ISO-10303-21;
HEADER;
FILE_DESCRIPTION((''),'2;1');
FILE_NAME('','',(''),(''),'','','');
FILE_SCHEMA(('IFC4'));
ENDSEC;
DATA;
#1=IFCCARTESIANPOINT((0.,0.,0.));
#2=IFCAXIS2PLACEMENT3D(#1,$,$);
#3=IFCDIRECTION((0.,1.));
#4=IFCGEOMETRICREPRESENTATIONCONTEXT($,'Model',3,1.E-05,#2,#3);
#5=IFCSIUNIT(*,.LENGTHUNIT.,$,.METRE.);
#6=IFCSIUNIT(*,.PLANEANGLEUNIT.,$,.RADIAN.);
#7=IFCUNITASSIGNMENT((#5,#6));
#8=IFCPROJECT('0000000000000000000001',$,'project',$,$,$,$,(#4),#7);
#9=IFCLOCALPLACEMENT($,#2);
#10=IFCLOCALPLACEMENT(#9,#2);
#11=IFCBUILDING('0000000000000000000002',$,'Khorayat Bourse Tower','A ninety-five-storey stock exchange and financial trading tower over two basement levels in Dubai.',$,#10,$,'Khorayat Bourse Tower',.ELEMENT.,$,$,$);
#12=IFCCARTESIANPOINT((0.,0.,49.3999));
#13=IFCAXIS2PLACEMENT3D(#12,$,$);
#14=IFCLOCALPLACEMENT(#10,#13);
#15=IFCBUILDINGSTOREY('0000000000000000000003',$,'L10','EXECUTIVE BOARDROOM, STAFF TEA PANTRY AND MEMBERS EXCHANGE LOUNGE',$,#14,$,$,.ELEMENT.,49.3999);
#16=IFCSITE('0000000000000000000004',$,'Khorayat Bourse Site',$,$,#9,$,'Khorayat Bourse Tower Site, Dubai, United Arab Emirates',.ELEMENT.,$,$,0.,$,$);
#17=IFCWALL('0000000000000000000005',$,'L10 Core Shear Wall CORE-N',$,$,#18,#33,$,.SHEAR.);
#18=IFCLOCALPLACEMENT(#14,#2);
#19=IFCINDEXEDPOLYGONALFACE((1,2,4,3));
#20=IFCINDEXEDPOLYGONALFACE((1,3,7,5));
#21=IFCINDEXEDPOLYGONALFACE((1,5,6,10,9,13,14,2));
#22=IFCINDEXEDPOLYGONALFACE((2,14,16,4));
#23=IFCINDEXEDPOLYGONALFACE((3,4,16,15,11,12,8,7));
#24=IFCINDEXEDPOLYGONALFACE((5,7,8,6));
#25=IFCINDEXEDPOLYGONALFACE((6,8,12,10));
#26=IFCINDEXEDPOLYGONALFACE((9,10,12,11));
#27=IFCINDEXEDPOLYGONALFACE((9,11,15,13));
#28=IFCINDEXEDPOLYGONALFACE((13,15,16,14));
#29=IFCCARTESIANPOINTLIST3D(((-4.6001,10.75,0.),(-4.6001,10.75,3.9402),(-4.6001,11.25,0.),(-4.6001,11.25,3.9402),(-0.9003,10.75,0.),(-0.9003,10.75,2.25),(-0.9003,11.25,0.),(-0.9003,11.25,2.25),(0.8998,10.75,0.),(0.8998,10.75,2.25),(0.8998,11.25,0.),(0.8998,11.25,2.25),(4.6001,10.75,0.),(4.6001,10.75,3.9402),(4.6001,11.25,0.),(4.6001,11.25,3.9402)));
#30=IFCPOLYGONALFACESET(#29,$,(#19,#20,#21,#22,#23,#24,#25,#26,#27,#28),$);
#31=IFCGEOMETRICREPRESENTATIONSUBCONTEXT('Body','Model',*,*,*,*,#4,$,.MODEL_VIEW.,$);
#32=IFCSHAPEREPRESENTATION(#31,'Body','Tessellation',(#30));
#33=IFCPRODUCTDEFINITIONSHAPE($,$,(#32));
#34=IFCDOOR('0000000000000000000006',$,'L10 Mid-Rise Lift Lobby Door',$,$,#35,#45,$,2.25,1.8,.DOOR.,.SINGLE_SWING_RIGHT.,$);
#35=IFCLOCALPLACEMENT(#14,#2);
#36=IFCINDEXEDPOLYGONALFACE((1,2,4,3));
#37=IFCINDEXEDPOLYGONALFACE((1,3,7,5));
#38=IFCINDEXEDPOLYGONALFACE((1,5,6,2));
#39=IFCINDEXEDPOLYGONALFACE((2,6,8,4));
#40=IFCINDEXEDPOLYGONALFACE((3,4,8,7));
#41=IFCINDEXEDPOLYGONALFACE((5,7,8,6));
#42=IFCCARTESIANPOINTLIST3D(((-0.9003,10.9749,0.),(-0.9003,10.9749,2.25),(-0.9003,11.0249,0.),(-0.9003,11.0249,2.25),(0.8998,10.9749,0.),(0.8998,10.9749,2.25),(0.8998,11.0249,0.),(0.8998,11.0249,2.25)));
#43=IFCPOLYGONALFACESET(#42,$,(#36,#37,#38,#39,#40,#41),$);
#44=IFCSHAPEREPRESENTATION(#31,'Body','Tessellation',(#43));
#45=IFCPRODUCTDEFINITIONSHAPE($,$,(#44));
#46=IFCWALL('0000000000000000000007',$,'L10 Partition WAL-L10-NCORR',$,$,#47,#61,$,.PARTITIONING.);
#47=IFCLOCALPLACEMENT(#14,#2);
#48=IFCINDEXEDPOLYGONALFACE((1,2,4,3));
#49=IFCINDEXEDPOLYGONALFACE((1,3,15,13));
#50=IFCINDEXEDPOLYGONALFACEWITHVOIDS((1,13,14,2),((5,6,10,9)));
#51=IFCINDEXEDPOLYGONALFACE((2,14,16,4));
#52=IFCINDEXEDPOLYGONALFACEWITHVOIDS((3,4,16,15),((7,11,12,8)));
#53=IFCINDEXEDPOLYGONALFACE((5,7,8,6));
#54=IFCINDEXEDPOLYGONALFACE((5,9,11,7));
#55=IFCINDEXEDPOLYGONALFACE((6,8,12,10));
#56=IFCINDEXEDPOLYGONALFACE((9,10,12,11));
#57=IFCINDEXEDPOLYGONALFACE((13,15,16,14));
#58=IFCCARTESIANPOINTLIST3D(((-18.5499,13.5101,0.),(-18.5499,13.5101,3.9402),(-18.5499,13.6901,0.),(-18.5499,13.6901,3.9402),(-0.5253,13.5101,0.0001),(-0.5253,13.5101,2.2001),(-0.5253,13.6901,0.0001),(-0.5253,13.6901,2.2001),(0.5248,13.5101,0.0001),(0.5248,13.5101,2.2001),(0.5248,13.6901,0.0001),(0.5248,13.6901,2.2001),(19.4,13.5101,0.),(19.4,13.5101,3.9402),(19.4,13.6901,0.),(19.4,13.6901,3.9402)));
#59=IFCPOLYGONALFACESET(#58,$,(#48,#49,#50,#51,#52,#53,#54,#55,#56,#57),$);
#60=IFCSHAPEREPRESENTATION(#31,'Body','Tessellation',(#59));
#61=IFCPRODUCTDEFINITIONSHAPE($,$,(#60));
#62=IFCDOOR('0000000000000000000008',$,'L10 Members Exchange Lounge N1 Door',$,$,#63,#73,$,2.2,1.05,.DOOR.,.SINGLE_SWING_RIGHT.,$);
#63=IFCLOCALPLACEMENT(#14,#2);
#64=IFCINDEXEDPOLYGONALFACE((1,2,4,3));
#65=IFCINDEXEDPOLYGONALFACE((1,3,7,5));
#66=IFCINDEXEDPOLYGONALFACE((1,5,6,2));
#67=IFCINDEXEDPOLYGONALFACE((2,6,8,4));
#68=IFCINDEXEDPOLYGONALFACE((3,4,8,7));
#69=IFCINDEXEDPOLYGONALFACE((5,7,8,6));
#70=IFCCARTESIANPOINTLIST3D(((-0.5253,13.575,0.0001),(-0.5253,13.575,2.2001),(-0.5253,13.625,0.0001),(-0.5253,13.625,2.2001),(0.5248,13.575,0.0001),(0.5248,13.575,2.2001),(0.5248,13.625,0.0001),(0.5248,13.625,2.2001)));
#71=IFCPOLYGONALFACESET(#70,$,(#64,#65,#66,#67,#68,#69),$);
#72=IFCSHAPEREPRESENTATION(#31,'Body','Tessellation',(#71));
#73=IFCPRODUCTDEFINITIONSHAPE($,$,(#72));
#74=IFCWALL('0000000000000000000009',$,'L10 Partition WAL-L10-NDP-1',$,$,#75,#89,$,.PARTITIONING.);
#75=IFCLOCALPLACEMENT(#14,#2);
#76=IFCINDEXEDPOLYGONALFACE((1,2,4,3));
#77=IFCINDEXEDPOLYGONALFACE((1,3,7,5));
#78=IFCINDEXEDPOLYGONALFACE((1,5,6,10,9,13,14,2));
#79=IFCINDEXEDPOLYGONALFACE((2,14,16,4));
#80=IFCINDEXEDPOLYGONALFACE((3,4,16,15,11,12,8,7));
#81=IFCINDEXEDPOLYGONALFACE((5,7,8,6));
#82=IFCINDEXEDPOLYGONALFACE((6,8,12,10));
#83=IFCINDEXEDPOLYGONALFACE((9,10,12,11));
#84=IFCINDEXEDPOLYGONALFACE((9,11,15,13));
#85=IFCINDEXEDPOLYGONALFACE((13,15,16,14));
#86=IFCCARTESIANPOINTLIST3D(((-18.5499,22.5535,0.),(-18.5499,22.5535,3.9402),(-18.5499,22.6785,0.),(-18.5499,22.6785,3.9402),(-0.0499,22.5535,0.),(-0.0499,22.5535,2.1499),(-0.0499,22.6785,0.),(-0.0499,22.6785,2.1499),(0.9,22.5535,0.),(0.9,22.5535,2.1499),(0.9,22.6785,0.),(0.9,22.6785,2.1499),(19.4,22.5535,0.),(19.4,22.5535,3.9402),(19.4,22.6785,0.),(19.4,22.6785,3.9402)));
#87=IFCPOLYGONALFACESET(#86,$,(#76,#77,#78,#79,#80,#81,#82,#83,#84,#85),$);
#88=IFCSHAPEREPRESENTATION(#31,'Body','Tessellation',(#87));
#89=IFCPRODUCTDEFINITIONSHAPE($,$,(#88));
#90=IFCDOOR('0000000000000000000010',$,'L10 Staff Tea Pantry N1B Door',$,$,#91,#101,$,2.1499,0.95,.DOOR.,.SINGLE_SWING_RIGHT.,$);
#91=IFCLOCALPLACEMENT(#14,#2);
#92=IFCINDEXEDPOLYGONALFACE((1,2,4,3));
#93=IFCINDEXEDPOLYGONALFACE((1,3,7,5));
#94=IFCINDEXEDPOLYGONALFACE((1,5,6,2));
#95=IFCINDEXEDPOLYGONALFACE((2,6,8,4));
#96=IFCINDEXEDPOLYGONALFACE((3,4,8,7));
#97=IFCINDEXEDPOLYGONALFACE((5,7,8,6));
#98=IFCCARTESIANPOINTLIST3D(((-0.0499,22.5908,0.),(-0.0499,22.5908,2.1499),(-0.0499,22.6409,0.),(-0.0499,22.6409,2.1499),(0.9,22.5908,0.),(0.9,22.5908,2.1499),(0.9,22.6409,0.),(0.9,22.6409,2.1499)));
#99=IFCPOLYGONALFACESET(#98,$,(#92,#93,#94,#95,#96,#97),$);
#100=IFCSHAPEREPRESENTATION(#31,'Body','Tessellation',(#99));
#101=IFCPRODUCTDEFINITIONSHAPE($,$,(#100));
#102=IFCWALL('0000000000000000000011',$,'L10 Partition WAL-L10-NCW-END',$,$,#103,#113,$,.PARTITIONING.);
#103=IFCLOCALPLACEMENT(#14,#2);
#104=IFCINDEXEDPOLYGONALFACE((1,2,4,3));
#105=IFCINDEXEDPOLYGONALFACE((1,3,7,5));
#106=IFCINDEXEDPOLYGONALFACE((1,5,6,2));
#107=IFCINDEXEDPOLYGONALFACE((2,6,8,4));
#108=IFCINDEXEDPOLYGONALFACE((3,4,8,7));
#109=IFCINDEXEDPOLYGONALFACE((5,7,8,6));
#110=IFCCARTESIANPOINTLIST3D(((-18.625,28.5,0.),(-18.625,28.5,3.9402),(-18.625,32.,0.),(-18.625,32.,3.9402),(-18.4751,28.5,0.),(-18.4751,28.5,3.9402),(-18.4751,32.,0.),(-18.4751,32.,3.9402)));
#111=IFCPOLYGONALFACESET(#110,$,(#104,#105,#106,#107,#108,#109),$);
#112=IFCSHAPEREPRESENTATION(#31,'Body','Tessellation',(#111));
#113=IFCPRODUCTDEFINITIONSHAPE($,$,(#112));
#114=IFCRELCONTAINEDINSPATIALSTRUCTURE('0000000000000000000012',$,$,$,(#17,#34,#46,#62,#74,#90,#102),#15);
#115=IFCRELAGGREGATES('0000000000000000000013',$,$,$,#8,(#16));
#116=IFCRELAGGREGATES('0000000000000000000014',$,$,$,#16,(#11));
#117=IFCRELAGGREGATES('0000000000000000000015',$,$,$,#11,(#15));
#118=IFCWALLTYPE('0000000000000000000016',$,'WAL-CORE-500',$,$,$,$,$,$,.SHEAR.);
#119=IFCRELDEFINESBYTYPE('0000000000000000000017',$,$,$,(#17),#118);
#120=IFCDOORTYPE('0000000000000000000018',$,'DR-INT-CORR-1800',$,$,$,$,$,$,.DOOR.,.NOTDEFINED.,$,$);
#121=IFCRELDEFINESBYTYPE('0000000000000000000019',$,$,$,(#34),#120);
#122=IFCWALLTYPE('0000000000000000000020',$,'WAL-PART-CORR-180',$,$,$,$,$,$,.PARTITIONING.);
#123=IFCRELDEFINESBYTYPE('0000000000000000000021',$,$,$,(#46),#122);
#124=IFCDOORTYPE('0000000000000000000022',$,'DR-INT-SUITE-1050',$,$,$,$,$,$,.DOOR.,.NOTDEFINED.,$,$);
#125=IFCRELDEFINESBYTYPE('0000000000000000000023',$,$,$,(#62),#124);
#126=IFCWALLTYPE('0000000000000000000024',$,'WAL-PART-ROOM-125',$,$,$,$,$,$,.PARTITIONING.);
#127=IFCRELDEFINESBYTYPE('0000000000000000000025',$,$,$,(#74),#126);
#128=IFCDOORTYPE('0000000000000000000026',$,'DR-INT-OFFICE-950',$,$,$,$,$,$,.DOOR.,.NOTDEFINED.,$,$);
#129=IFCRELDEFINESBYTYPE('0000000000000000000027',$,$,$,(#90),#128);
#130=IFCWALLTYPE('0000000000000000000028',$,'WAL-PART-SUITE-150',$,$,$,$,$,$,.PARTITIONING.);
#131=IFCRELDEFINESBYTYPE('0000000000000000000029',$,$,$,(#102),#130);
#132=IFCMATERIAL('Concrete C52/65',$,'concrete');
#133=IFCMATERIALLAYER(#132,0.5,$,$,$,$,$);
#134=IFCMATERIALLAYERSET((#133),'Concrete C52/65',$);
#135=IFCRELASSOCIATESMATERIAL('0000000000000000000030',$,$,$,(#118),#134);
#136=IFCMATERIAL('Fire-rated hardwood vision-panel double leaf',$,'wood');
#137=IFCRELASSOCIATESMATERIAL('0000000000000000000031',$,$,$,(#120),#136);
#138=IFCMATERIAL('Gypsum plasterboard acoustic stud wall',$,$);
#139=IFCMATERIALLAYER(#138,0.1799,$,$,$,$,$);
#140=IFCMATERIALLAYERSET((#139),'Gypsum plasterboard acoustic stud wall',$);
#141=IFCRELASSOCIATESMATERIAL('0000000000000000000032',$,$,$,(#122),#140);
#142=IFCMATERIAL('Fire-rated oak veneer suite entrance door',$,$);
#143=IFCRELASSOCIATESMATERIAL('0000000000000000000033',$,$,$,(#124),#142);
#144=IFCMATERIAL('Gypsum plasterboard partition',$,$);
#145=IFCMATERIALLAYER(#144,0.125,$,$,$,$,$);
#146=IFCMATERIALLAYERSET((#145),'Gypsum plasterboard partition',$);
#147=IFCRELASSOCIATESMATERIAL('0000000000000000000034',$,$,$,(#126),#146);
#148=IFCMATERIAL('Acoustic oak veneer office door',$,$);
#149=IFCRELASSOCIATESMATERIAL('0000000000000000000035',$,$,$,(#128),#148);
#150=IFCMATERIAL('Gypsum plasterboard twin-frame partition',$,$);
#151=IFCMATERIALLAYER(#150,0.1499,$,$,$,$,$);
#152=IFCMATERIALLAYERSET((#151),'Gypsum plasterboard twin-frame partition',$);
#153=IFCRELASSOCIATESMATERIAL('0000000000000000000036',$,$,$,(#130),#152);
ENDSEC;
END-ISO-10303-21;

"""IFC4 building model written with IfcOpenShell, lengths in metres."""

from ifc_helpers import new_model, si_unit, direction, frame, frame_2d, origin, place, context, subcontext, project, spatial, rectangle, extrude, source, transform, mapped, material, layer, layer_set, type_object, element, fill, save


model = new_model("IFC4")

# Units and contexts
model_context = context("Model", 3, precision=1e-05, world=origin(), true_north=direction((0.0, 1.0)))
body_context = subcontext(model_context, "Body", "Model", "MODEL_VIEW")
ifc_project = project(units=[si_unit("LENGTHUNIT", "METRE"), si_unit("PLANEANGLEUNIT", "RADIAN")], contexts=[model_context])

# Site, building, storey
site_placement = place(None, origin())
site = spatial("IfcSite", under=ifc_project, at=site_placement, Name="Khorayat Bourse Site", LongName="Khorayat Bourse Tower Site, Dubai, United Arab Emirates", CompositionType="ELEMENT", RefElevation=0.0)
building_placement = place(site_placement, origin())
building = spatial("IfcBuilding", under=site, at=building_placement, Name="Khorayat Bourse Tower", Description="A ninety-five-storey stock exchange and financial trading tower over two basement levels in Dubai.", LongName="Khorayat Bourse Tower", CompositionType="ELEMENT")
storey_placement = place(building_placement, frame((0.0, 0.0, 49.3999)))
storey = spatial("IfcBuildingStorey", under=building, at=storey_placement, Name="L10", Description="EXECUTIVE BOARDROOM, STAFF TEA PANTRY AND MEMBERS EXCHANGE LOUNGE", CompositionType="ELEMENT", Elevation=49.3999)

# Walls, openings, doors
ifc_material_1 = material(Name="Concrete C52/65", Category="concrete")
ifc_layer_1 = layer(ifc_material_1, 0.5)
ifc_layer_set_1 = layer_set([ifc_layer_1], Name="Concrete C52/65")
wall_type_1 = type_object("IfcWallType", Name="WAL-CORE-500", PredefinedType="SHEAR", material=ifc_layer_set_1)
shared_shape_1 = source(origin(), body_context, "Body", "SweptSolid", [
    extrude(rectangle(XDim=9.2002, YDim=0.5, at=frame_2d((4.6001, 0.0))), origin(), (0.0, 0.0, 1.0), 3.9402),
])
wall_1_placement = place(storey_placement, frame((-4.6001, 11.0, 0.0), z_axis=(0.0, 0.0, 1.0), x_axis=(1.0, 0.0, 0.0)))
wall_1 = element("IfcWall", 1, at=wall_1_placement, inside=storey, type_object=wall_type_1, Name="L10 Core Shear Wall CORE-N", PredefinedType="SHEAR", context=body_context, shape_type="MappedRepresentation", body=[
    mapped(shared_shape_1, transform((0.0, 0.0, 0.0), scale=1.0)),
])
shared_shape_2 = source(origin(), body_context, "Body", "SweptSolid", [
    extrude(rectangle(XDim=1.8, YDim=2.25, at=frame_2d((0.8999, 1.125))), frame((0.0, 0.26, 0.0), z_axis=(0.0, -1.0, 0.0), x_axis=(1.0, 0.0, 0.0)), (0.0, 0.0, 1.0), 0.52),
])
opening_1_placement = place(wall_1_placement, frame((3.7, 0.0, 0.0)))
opening_1 = element("IfcOpeningElement", 2, at=opening_1_placement, cuts=wall_1, PredefinedType="OPENING", context=body_context, shape_type="MappedRepresentation", body=[
    mapped(shared_shape_2, transform((0.0, 0.0, 0.0), scale=1.0)),
])
ifc_material_2 = material(Name="Fire-rated hardwood vision-panel double leaf", Category="wood")
door_type_1 = type_object("IfcDoorType", Name="DR-INT-CORR-1800", OperationType="NOTDEFINED", PredefinedType="DOOR", material=ifc_material_2)
shared_shape_3 = source(origin(), body_context, "Body", "SweptSolid", [
    extrude(rectangle(XDim=1.8, YDim=2.25, at=frame_2d((0.8999, 1.125))), frame((0.0, 0.0249, 0.0), z_axis=(0.0, -1.0, 0.0), x_axis=(1.0, 0.0, 0.0)), (0.0, 0.0, 1.0), 0.05),
])
door_1_placement = place(opening_1_placement, origin())
door_1 = element("IfcDoor", 3, at=door_1_placement, inside=storey, type_object=door_type_1, Name="L10 Mid-Rise Lift Lobby Door", OperationType="SINGLE_SWING_RIGHT", OverallHeight=2.25, OverallWidth=1.8, PredefinedType="DOOR", context=body_context, shape_type="MappedRepresentation", body=[
    mapped(shared_shape_3, transform((0.0, 0.0, 0.0), scale=1.0)),
])
fill(opening_1, door_1)
ifc_material_3 = material(Name="Gypsum plasterboard acoustic stud wall")
ifc_layer_2 = layer(ifc_material_3, 0.1799)
ifc_layer_set_2 = layer_set([ifc_layer_2], Name="Gypsum plasterboard acoustic stud wall")
wall_type_2 = type_object("IfcWallType", Name="WAL-PART-CORR-180", PredefinedType="PARTITIONING", material=ifc_layer_set_2)
shared_shape_4 = source(origin(), body_context, "Body", "SweptSolid", [
    extrude(rectangle(XDim=37.95, YDim=0.1799, at=frame_2d((18.9751, 0.0))), origin(), (0.0, 0.0, 1.0), 3.9402),
])
wall_2_placement = place(storey_placement, frame((-18.55, 13.6001, 0.0), z_axis=(0.0, 0.0, 1.0), x_axis=(1.0, 0.0, 0.0)))
wall_2 = element("IfcWall", 4, at=wall_2_placement, inside=storey, type_object=wall_type_2, Name="L10 Partition WAL-L10-NCORR", PredefinedType="PARTITIONING", context=body_context, shape_type="MappedRepresentation", body=[
    mapped(shared_shape_4, transform((0.0, 0.0, 0.0), scale=1.0)),
])
shared_shape_5 = source(origin(), body_context, "Body", "SweptSolid", [
    extrude(rectangle(XDim=1.05, YDim=2.2, at=frame_2d((0.5249, 1.1001))), frame((0.0, 0.0999, 0.0), z_axis=(0.0, -1.0, 0.0), x_axis=(1.0, 0.0, 0.0)), (0.0, 0.0, 1.0), 0.2),
])
opening_2_placement = place(wall_2_placement, frame((18.0249, 0.0, 0.0)))
opening_2 = element("IfcOpeningElement", 5, at=opening_2_placement, cuts=wall_2, PredefinedType="OPENING", context=body_context, shape_type="MappedRepresentation", body=[
    mapped(shared_shape_5, transform((0.0, 0.0, 0.0), scale=1.0)),
])
ifc_material_4 = material(Name="Fire-rated oak veneer suite entrance door")
door_type_2 = type_object("IfcDoorType", Name="DR-INT-SUITE-1050", OperationType="NOTDEFINED", PredefinedType="DOOR", material=ifc_material_4)
shared_shape_6 = source(origin(), body_context, "Body", "SweptSolid", [
    extrude(rectangle(XDim=1.05, YDim=2.2, at=frame_2d((0.5249, 1.1001))), frame((0.0, 0.0249, 0.0), z_axis=(0.0, -1.0, 0.0), x_axis=(1.0, 0.0, 0.0)), (0.0, 0.0, 1.0), 0.05),
])
door_2_placement = place(opening_2_placement, origin())
door_2 = element("IfcDoor", 6, at=door_2_placement, inside=storey, type_object=door_type_2, Name="L10 Members Exchange Lounge N1 Door", OperationType="SINGLE_SWING_RIGHT", OverallHeight=2.2, OverallWidth=1.05, PredefinedType="DOOR", context=body_context, shape_type="MappedRepresentation", body=[
    mapped(shared_shape_6, transform((0.0, 0.0, 0.0), scale=1.0)),
])
fill(opening_2, door_2)
ifc_material_5 = material(Name="Gypsum plasterboard partition")
ifc_layer_3 = layer(ifc_material_5, 0.125)
ifc_layer_set_3 = layer_set([ifc_layer_3], Name="Gypsum plasterboard partition")
wall_type_3 = type_object("IfcWallType", Name="WAL-PART-ROOM-125", PredefinedType="PARTITIONING", material=ifc_layer_set_3)
shared_shape_7 = source(origin(), body_context, "Body", "SweptSolid", [
    extrude(rectangle(XDim=37.95, YDim=0.125, at=frame_2d((18.9751, 0.0))), origin(), (0.0, 0.0, 1.0), 3.9402),
])
wall_3_placement = place(storey_placement, frame((-18.55, 22.616, 0.0), z_axis=(0.0, 0.0, 1.0), x_axis=(1.0, 0.0, 0.0)))
wall_3 = element("IfcWall", 7, at=wall_3_placement, inside=storey, type_object=wall_type_3, Name="L10 Partition WAL-L10-NDP-1", PredefinedType="PARTITIONING", context=body_context, shape_type="MappedRepresentation", body=[
    mapped(shared_shape_7, transform((0.0, 0.0, 0.0), scale=1.0)),
])
shared_shape_8 = source(origin(), body_context, "Body", "SweptSolid", [
    extrude(rectangle(XDim=0.95, YDim=2.1499, at=frame_2d((0.4751, 1.075))), frame((0.0, 0.0725, 0.0), z_axis=(0.0, -1.0, 0.0), x_axis=(1.0, 0.0, 0.0)), (0.0, 0.0, 1.0), 0.145),
])
opening_3_placement = place(wall_3_placement, frame((18.5, 0.0, 0.0)))
opening_3 = element("IfcOpeningElement", 8, at=opening_3_placement, cuts=wall_3, PredefinedType="OPENING", context=body_context, shape_type="MappedRepresentation", body=[
    mapped(shared_shape_8, transform((0.0, 0.0, 0.0), scale=1.0)),
])
ifc_material_6 = material(Name="Acoustic oak veneer office door")
door_type_3 = type_object("IfcDoorType", Name="DR-INT-OFFICE-950", OperationType="NOTDEFINED", PredefinedType="DOOR", material=ifc_material_6)
shared_shape_9 = source(origin(), body_context, "Body", "SweptSolid", [
    extrude(rectangle(XDim=0.95, YDim=2.1499, at=frame_2d((0.4751, 1.075))), frame((0.0, 0.0249, 0.0), z_axis=(0.0, -1.0, 0.0), x_axis=(1.0, 0.0, 0.0)), (0.0, 0.0, 1.0), 0.05),
])
door_3_placement = place(opening_3_placement, origin())
door_3 = element("IfcDoor", 9, at=door_3_placement, inside=storey, type_object=door_type_3, Name="L10 Staff Tea Pantry N1B Door", OperationType="SINGLE_SWING_RIGHT", OverallHeight=2.1499, OverallWidth=0.95, PredefinedType="DOOR", context=body_context, shape_type="MappedRepresentation", body=[
    mapped(shared_shape_9, transform((0.0, 0.0, 0.0), scale=1.0)),
])
fill(opening_3, door_3)

# Wall
ifc_material_7 = material(Name="Gypsum plasterboard twin-frame partition")
ifc_layer_4 = layer(ifc_material_7, 0.1499)
ifc_layer_set_4 = layer_set([ifc_layer_4], Name="Gypsum plasterboard twin-frame partition")
wall_type_4 = type_object("IfcWallType", Name="WAL-PART-SUITE-150", PredefinedType="PARTITIONING", material=ifc_layer_set_4)
shared_shape_10 = source(origin(), body_context, "Body", "SweptSolid", [
    extrude(rectangle(XDim=3.5, YDim=0.1499, at=frame_2d((1.75, 0.0))), origin(), (0.0, 0.0, 1.0), 3.9402),
])
wall_4_placement = place(storey_placement, frame((-18.55, 28.5, 0.0), z_axis=(0.0, 0.0, 1.0), x_axis=(0.0, 1.0, 0.0)))
element("IfcWall", 10, at=wall_4_placement, inside=storey, type_object=wall_type_4, Name="L10 Partition WAL-L10-NCW-END", PredefinedType="PARTITIONING", context=body_context, shape_type="MappedRepresentation", body=[
    mapped(shared_shape_10, transform((0.0, 0.0, 0.0), scale=1.0)),
])

save(model, "model.ifc")
